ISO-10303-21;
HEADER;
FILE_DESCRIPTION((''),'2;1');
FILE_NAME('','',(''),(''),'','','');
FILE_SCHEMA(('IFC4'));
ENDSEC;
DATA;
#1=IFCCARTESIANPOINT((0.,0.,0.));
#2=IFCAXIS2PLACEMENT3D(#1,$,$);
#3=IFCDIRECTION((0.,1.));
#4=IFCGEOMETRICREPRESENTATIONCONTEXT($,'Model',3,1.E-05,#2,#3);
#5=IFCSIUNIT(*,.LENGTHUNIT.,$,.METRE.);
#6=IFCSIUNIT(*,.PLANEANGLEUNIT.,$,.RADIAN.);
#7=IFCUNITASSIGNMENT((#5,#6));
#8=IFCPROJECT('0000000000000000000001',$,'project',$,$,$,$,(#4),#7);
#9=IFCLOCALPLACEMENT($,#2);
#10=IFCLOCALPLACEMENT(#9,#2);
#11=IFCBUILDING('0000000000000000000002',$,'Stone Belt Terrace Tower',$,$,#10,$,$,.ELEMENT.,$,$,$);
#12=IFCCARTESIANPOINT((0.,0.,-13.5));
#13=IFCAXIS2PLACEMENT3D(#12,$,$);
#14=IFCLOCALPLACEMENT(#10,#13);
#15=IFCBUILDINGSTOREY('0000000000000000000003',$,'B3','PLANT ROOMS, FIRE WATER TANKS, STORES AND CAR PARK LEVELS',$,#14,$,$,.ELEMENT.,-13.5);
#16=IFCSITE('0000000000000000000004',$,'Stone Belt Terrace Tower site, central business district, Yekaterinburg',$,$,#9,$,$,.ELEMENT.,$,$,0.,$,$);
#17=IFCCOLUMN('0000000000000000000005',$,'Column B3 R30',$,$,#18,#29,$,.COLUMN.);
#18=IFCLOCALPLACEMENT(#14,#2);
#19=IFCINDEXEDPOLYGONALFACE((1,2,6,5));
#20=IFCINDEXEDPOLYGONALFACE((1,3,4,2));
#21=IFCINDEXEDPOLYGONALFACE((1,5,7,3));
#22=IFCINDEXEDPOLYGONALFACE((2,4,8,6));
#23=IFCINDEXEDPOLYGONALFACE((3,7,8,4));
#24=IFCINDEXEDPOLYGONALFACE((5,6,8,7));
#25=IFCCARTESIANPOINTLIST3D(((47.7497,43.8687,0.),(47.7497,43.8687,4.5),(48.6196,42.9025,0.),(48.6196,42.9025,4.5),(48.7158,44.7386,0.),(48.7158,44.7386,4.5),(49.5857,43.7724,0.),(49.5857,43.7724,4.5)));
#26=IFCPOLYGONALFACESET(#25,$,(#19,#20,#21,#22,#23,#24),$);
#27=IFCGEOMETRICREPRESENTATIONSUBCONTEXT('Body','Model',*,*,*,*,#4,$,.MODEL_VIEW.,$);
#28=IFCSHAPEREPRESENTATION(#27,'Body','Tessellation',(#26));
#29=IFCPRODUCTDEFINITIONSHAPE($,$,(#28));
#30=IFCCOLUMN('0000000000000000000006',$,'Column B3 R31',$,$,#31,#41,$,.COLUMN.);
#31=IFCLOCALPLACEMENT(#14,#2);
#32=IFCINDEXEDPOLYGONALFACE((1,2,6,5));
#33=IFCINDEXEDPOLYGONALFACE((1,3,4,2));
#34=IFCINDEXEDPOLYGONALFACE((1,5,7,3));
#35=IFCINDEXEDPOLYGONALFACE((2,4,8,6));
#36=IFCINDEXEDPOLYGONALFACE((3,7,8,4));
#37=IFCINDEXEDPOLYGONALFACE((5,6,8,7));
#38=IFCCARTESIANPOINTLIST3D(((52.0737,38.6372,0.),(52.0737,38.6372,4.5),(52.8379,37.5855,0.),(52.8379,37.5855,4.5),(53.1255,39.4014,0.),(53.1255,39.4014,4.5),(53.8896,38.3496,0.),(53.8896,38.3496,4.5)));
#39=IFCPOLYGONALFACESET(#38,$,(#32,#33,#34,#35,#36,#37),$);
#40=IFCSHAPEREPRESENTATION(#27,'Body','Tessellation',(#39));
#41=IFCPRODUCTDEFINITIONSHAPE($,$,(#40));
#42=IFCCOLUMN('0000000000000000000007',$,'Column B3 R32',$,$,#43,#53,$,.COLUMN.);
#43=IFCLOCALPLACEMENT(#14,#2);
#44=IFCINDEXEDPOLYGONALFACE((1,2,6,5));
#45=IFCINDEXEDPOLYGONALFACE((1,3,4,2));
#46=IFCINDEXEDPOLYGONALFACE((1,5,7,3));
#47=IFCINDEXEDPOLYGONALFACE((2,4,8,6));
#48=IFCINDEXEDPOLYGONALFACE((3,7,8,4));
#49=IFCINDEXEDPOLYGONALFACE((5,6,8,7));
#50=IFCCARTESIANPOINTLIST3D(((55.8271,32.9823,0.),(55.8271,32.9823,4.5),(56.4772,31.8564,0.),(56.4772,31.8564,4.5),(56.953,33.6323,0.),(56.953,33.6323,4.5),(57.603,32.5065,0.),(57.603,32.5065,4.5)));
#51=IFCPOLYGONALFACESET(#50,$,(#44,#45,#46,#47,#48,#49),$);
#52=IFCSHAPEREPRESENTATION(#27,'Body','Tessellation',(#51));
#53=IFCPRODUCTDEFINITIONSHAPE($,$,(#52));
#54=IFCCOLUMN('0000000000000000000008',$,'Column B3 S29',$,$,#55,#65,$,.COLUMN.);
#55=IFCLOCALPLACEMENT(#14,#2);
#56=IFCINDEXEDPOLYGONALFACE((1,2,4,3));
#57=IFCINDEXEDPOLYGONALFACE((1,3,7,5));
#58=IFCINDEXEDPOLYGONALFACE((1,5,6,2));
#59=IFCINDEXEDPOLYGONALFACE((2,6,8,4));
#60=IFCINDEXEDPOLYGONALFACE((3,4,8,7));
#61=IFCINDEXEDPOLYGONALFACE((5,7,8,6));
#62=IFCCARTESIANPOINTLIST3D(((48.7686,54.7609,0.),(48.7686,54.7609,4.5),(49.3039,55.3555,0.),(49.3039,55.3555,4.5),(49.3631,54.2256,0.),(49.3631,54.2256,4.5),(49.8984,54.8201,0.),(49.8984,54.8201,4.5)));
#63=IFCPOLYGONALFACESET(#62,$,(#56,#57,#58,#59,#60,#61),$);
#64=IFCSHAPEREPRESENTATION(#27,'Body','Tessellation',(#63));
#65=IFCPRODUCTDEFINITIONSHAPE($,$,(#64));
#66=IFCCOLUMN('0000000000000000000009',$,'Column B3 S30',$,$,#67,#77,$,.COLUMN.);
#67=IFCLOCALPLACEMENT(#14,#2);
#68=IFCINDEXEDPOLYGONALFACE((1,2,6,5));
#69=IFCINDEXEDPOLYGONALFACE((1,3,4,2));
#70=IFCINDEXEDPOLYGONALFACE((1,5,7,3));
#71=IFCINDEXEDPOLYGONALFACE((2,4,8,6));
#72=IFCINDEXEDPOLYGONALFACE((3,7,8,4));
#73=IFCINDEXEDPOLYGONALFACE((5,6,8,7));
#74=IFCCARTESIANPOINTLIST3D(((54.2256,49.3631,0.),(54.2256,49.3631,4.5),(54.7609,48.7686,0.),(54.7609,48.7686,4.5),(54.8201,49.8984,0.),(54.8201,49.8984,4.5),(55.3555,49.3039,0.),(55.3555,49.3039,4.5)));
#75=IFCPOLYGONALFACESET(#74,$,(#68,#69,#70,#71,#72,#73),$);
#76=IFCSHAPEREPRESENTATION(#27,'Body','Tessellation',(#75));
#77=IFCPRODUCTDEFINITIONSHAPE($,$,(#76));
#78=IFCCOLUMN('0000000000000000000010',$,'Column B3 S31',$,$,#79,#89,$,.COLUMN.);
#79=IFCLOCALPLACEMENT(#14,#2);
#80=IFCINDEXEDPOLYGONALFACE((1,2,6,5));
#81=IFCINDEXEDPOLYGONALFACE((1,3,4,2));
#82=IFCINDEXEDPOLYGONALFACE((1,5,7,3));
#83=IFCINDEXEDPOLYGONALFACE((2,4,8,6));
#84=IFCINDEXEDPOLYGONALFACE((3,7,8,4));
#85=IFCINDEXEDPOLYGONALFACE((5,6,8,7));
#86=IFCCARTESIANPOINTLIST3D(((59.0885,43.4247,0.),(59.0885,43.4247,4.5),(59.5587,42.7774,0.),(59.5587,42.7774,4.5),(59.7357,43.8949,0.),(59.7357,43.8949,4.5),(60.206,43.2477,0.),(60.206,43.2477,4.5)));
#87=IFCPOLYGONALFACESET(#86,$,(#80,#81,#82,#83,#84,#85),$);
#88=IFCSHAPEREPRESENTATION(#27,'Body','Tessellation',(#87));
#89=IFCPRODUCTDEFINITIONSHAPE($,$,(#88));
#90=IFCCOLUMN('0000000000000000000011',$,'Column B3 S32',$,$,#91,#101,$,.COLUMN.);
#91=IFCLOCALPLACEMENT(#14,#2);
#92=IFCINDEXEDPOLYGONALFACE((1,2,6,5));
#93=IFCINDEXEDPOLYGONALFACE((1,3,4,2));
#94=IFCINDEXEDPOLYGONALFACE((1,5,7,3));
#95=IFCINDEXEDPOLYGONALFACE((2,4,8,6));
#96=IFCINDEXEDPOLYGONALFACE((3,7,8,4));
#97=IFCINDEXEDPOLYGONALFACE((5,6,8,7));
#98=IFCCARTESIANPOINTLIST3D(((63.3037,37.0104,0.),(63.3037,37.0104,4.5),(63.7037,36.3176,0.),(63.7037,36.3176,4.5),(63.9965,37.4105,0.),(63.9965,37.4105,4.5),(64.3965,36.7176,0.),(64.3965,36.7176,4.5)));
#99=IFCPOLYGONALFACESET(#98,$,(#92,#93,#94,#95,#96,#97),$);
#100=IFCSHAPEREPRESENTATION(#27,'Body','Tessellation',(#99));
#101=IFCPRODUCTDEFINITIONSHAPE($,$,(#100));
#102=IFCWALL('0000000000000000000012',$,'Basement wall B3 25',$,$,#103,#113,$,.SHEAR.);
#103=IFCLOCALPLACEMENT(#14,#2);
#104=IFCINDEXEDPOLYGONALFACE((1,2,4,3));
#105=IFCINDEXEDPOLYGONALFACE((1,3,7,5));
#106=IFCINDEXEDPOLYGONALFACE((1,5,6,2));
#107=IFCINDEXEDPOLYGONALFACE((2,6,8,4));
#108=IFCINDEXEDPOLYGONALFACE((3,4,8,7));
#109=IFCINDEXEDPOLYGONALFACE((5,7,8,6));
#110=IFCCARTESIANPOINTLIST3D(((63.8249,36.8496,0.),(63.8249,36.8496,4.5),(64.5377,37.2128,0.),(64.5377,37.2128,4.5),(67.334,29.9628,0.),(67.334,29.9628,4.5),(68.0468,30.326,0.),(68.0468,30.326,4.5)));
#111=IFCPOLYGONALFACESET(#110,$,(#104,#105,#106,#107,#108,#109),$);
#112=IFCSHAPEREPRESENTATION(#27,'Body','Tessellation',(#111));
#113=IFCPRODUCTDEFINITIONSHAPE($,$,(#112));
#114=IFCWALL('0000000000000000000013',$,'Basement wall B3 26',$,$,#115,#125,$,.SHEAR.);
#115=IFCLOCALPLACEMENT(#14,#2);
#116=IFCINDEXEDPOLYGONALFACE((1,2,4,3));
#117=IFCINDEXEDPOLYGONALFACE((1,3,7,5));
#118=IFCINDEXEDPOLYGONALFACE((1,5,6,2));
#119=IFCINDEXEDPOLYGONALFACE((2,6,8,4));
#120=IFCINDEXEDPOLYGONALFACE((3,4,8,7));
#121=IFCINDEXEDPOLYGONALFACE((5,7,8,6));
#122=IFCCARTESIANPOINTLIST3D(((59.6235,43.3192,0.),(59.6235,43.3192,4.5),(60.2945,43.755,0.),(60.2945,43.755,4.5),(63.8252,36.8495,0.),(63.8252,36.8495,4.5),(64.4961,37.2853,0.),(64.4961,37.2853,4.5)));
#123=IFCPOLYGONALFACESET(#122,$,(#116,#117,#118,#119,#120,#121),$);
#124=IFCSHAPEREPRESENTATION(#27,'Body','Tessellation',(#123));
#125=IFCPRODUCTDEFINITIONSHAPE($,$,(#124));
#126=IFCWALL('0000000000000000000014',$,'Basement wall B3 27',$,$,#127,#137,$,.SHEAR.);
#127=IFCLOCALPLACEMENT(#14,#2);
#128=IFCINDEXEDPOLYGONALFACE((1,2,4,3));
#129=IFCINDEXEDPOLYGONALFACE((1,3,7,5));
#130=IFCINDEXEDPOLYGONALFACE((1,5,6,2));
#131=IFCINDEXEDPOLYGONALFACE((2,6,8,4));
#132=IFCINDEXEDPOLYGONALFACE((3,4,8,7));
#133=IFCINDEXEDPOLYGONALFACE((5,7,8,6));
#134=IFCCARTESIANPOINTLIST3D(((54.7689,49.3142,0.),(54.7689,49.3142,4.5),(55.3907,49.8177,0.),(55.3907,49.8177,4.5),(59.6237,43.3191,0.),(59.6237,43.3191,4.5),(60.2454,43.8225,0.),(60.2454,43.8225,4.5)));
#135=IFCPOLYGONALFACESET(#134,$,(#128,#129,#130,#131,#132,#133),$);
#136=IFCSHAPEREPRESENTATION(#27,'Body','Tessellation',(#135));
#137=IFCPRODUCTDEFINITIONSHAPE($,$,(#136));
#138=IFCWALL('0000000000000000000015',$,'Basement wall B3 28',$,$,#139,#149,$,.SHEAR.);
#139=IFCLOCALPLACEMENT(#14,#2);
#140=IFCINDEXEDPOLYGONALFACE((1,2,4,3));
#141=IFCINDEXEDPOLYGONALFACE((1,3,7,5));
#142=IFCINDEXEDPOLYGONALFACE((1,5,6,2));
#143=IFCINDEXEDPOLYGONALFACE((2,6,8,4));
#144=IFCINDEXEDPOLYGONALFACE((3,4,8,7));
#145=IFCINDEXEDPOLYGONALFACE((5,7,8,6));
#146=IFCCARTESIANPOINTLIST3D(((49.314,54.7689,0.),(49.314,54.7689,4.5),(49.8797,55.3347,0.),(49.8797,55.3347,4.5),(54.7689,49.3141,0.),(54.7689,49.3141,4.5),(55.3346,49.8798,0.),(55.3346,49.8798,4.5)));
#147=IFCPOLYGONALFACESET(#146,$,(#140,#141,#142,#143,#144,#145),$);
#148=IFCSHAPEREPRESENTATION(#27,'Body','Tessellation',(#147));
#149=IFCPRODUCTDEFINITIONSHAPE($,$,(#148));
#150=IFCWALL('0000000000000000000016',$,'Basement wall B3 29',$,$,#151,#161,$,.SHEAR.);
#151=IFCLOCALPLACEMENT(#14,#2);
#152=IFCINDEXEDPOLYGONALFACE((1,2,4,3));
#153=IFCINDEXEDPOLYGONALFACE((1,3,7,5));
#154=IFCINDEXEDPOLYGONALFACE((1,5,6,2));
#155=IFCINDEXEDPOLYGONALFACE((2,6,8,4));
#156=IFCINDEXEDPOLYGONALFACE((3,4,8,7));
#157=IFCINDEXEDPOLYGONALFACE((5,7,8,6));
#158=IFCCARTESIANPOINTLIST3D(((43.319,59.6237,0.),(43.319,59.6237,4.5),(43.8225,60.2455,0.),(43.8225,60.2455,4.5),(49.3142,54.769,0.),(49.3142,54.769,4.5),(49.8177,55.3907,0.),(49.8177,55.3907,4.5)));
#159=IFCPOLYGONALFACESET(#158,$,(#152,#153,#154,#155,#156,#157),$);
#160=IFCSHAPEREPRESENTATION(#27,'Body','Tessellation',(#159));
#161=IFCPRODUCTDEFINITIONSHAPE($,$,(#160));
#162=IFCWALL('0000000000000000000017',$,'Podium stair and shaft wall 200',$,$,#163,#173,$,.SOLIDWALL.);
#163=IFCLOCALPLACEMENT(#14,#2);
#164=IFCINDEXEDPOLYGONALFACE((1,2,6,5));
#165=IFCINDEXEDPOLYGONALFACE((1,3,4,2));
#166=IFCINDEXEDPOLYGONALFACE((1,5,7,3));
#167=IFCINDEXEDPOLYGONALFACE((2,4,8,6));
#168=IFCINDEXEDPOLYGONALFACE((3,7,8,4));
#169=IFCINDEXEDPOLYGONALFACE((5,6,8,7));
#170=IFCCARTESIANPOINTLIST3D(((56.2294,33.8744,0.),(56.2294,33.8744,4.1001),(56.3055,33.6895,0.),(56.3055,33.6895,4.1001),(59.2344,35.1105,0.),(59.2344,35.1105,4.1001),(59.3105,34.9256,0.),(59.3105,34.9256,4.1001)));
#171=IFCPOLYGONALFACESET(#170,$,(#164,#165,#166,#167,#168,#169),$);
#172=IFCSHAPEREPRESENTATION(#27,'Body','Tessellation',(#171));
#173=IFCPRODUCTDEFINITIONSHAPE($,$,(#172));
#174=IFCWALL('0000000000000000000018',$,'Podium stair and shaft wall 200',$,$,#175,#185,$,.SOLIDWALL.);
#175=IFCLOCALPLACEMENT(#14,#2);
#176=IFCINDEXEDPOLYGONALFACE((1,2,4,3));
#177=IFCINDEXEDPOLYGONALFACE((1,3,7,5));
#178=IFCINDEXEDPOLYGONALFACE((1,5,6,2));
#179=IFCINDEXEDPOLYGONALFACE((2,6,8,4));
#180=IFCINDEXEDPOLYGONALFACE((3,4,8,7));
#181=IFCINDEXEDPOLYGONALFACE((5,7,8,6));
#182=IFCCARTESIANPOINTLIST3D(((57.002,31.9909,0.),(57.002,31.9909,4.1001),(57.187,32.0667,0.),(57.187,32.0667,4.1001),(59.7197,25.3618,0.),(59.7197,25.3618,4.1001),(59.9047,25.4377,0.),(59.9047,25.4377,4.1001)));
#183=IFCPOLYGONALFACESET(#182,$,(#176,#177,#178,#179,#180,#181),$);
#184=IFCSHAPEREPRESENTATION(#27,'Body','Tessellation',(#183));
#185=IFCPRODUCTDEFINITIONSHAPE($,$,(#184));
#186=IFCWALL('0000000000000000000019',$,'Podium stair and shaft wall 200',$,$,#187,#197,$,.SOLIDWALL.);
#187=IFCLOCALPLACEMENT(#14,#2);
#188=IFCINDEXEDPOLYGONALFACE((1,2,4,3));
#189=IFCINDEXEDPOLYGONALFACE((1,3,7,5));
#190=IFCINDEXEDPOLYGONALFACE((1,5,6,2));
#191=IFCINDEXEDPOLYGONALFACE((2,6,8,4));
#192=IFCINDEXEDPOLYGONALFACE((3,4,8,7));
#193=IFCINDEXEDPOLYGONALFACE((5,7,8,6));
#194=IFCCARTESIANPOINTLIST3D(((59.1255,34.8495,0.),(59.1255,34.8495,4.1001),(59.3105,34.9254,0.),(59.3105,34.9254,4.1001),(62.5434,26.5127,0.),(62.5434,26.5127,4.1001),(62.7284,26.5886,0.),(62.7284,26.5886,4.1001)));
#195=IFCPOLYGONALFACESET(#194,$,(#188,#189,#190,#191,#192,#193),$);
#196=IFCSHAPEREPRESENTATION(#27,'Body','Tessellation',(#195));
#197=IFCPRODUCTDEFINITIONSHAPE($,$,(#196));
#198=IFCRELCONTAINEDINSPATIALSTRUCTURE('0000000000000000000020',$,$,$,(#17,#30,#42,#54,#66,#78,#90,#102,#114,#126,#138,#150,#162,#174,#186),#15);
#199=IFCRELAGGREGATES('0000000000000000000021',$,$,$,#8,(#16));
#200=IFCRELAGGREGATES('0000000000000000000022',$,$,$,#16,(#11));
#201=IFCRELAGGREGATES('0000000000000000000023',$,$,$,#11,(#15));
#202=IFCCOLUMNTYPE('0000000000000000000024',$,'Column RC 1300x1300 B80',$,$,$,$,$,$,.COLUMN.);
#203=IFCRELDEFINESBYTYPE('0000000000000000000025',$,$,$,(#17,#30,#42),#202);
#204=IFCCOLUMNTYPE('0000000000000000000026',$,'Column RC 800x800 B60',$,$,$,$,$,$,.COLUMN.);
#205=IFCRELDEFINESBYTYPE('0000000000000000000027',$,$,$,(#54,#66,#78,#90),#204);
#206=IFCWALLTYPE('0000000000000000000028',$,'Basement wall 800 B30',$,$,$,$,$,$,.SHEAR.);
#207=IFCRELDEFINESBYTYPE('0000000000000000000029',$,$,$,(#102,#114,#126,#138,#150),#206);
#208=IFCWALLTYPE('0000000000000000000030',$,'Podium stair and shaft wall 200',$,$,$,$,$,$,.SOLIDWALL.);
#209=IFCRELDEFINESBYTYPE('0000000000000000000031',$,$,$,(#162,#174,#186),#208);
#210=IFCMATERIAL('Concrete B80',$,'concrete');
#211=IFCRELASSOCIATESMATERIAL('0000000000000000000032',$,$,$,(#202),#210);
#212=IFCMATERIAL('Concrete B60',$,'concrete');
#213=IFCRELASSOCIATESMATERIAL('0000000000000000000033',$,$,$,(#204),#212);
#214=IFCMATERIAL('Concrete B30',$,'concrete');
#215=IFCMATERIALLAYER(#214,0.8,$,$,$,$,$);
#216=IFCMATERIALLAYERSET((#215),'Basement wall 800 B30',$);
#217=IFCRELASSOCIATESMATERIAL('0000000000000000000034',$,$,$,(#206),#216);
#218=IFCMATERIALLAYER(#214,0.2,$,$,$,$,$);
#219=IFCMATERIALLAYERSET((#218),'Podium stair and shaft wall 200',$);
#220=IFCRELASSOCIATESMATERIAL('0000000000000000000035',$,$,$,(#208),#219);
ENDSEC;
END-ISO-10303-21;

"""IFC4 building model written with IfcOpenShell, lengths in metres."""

from ifc_helpers import new_model, si_unit, direction, frame, frame_2d, origin, origin_2d, place, context, subcontext, project, spatial, rectangle, extrude, material, layer, layer_set, material_profile, profile_set, type_object, element, save


model = new_model("IFC4")

# Units and contexts
model_context = context("Model", 3, precision=1e-05, world=origin(), true_north=direction((0.0, 1.0)))
body_context = subcontext(model_context, "Body", "Model", "MODEL_VIEW")
ifc_project = project(units=[si_unit("LENGTHUNIT", "METRE"), si_unit("PLANEANGLEUNIT", "RADIAN")], contexts=[model_context])

# Site, building, storey
site_placement = place(None, origin())
site = spatial("IfcSite", under=ifc_project, at=site_placement, Name="Stone Belt Terrace Tower site, central business district, Yekaterinburg", CompositionType="ELEMENT", RefElevation=0.0)
building_placement = place(site_placement, origin())
building = spatial("IfcBuilding", under=site, at=building_placement, Name="Stone Belt Terrace Tower", CompositionType="ELEMENT")
storey_placement = place(building_placement, frame((0.0, 0.0, -13.5)))
storey = spatial("IfcBuildingStorey", under=building, at=storey_placement, Name="B3", Description="PLANT ROOMS, FIRE WATER TANKS, STORES AND CAR PARK LEVELS", CompositionType="ELEMENT", Elevation=-13.5)

# Columns
ifc_material_1 = material(Name="Concrete B80", Category="concrete")
ifc_material_profile_1 = material_profile(ifc_material_1, rectangle(XDim=1.3, YDim=1.3, at=origin_2d()), Name="RC 1300x1300")
ifc_profile_set_1 = profile_set([ifc_material_profile_1], Name="Concrete B80")
column_type_1 = type_object("IfcColumnType", Name="Column RC 1300x1300 B80", PredefinedType="COLUMN", material=ifc_profile_set_1)
for number, where, z_axis, x_axis, name in (
    (1, (48.6677, 43.8206, 0.0), (0.0, 0.0, 1.0), (0.669131, -0.743145, 0.0), "Column B3 R30"),
    (2, (52.9817, 38.4934, 0.0), (0.0, 0.0, 1.0), (0.587785, -0.809017, 0.0), "Column B3 R31"),
    (3, (56.7151, 32.7444, 0.0), (0.0, 0.0, 1.0), (0.5, -0.866025, 0.0), "Column B3 R32"),
):
    element("IfcColumn", number, at=place(storey_placement, frame(where, z_axis=z_axis, x_axis=x_axis)), inside=storey, type_object=column_type_1, Name=name, PredefinedType="COLUMN", context=body_context, shape_type="SweptSolid", body=[
        extrude(rectangle(XDim=1.3, YDim=1.3, at=origin_2d()), origin(), (0.0, 0.0, 1.0), 4.5),
    ])
ifc_material_2 = material(Name="Concrete B60", Category="concrete")
ifc_material_profile_2 = material_profile(ifc_material_2, rectangle(XDim=0.8, YDim=0.8, at=origin_2d()), Name="RC 800x800")
ifc_profile_set_2 = profile_set([ifc_material_profile_2], Name="Concrete B60")
column_type_2 = type_object("IfcColumnType", Name="Column RC 800x800 B60", PredefinedType="COLUMN", material=ifc_profile_set_2)
for number, where, z_axis, x_axis, name in (
    (4, (49.3335, 54.7905, 0.0), (0.0, 0.0, 1.0), (0.743145, -0.669131, 0.0), "Column B3 S29"),
    (5, (54.7905, 49.3335, 0.0), (0.0, 0.0, 1.0), (0.669131, -0.743145, 0.0), "Column B3 S30"),
    (6, (59.6472, 43.3362, 0.0), (0.0, 0.0, 1.0), (0.587785, -0.809017, 0.0), "Column B3 S31"),
    (7, (63.8501, 36.864, 0.0), (0.0, 0.0, 1.0), (0.5, -0.866025, 0.0), "Column B3 S32"),
):
    element("IfcColumn", number, at=place(storey_placement, frame(where, z_axis=z_axis, x_axis=x_axis)), inside=storey, type_object=column_type_2, Name=name, PredefinedType="COLUMN", context=body_context, shape_type="SweptSolid", body=[
        extrude(rectangle(XDim=0.8, YDim=0.8, at=origin_2d()), origin(), (0.0, 0.0, 1.0), 4.5),
    ])

# Walls
ifc_material_3 = material(Name="Concrete B30", Category="concrete")
ifc_layer_1 = layer(ifc_material_3, 0.8)
ifc_layer_set_1 = layer_set([ifc_layer_1], Name="Basement wall 800 B30")
wall_type_1 = type_object("IfcWallType", Name="Basement wall 800 B30", PredefinedType="SHEAR", material=ifc_layer_set_1)
wall_1_placement = place(storey_placement, frame((67.6904, 30.1443, 0.0), z_axis=(0.0, 0.0, 1.0), x_axis=(-0.453998, 0.891003, 0.0)))
element("IfcWall", 8, at=wall_1_placement, inside=storey, type_object=wall_type_1, Name="Basement wall B3 25", PredefinedType="SHEAR", context=body_context, shape_type="SweptSolid", body=[
    extrude(rectangle(XDim=7.7292, YDim=0.8, at=frame_2d((3.8647, 0.0))), origin(), (0.0, 0.0, 1.0), 4.5),
])
for number, where, z_axis, x_axis, name in (
    (9, (64.1606, 37.0674, 0.0), (0.0, 0.0, 1.0), (-0.544655, 0.83866, 0.0), "Basement wall B3 26"),
    (10, (59.9346, 43.5708, 0.0), (0.0, 0.0, 1.0), (-0.629319, 0.777147, 0.0), "Basement wall B3 27"),
    (11, (55.0518, 49.5969, 0.0), (0.0, 0.0, 1.0), (-0.707107, 0.707107, 0.0), "Basement wall B3 28"),
    (12, (49.5659, 55.0798, 0.0), (0.0, 0.0, 1.0), (-0.777147, 0.629319, 0.0), "Basement wall B3 29"),
):
    element("IfcWall", number, at=place(storey_placement, frame(where, z_axis=z_axis, x_axis=x_axis)), inside=storey, type_object=wall_type_1, Name=name, PredefinedType="SHEAR", context=body_context, shape_type="SweptSolid", body=[
        extrude(rectangle(XDim=7.7144, YDim=0.8, at=frame_2d((3.8572, 0.0))), origin(), (0.0, 0.0, 1.0), 4.5),
    ])
ifc_layer_2 = layer(ifc_material_3, 0.2)
ifc_layer_set_2 = layer_set([ifc_layer_2], Name="Podium stair and shaft wall 200")
wall_type_2 = type_object("IfcWallType", Name="Podium stair and shaft wall 200", PredefinedType="SOLIDWALL", material=ifc_layer_set_2)
wall_2_placement = place(storey_placement, frame((56.2676, 33.782, 0.0), z_axis=(0.0, 0.0, 1.0), x_axis=(0.92481, 0.380429, 0.0)))
element("IfcWall", 13, at=wall_2_placement, inside=storey, type_object=wall_type_2, Name="Podium stair and shaft wall 200", PredefinedType="SOLIDWALL", context=body_context, shape_type="SweptSolid", body=[
    extrude(rectangle(XDim=3.2493, YDim=0.2, at=frame_2d((1.6245, 0.0))), origin(), (0.0, 0.0, 1.0), 4.1001),
])
wall_3_placement = place(storey_placement, frame((57.0945, 32.0288, 0.0), z_axis=(0.0, 0.0, 1.0), x_axis=(0.379332, -0.925261, 0.0)))
element("IfcWall", 14, at=wall_3_placement, inside=storey, type_object=wall_type_2, Name="Podium stair and shaft wall 200", PredefinedType="SOLIDWALL", context=body_context, shape_type="SweptSolid", body=[
    extrude(rectangle(XDim=7.1646, YDim=0.2, at=frame_2d((3.5823, 0.0))), origin(), (0.0, 0.0, 1.0), 4.1001),
])
wall_4_placement = place(storey_placement, frame((59.218, 34.8875, 0.0), z_axis=(0.0, 0.0, 1.0), x_axis=(0.379338, -0.925258, 0.0)))
element("IfcWall", 15, at=wall_4_placement, inside=storey, type_object=wall_type_2, Name="Podium stair and shaft wall 200", PredefinedType="SOLIDWALL", context=body_context, shape_type="SweptSolid", body=[
    extrude(rectangle(XDim=9.0103, YDim=0.2, at=frame_2d((4.5051, 0.0))), origin(), (0.0, 0.0, 1.0), 4.1001),
])

save(model, "model.ifc")
